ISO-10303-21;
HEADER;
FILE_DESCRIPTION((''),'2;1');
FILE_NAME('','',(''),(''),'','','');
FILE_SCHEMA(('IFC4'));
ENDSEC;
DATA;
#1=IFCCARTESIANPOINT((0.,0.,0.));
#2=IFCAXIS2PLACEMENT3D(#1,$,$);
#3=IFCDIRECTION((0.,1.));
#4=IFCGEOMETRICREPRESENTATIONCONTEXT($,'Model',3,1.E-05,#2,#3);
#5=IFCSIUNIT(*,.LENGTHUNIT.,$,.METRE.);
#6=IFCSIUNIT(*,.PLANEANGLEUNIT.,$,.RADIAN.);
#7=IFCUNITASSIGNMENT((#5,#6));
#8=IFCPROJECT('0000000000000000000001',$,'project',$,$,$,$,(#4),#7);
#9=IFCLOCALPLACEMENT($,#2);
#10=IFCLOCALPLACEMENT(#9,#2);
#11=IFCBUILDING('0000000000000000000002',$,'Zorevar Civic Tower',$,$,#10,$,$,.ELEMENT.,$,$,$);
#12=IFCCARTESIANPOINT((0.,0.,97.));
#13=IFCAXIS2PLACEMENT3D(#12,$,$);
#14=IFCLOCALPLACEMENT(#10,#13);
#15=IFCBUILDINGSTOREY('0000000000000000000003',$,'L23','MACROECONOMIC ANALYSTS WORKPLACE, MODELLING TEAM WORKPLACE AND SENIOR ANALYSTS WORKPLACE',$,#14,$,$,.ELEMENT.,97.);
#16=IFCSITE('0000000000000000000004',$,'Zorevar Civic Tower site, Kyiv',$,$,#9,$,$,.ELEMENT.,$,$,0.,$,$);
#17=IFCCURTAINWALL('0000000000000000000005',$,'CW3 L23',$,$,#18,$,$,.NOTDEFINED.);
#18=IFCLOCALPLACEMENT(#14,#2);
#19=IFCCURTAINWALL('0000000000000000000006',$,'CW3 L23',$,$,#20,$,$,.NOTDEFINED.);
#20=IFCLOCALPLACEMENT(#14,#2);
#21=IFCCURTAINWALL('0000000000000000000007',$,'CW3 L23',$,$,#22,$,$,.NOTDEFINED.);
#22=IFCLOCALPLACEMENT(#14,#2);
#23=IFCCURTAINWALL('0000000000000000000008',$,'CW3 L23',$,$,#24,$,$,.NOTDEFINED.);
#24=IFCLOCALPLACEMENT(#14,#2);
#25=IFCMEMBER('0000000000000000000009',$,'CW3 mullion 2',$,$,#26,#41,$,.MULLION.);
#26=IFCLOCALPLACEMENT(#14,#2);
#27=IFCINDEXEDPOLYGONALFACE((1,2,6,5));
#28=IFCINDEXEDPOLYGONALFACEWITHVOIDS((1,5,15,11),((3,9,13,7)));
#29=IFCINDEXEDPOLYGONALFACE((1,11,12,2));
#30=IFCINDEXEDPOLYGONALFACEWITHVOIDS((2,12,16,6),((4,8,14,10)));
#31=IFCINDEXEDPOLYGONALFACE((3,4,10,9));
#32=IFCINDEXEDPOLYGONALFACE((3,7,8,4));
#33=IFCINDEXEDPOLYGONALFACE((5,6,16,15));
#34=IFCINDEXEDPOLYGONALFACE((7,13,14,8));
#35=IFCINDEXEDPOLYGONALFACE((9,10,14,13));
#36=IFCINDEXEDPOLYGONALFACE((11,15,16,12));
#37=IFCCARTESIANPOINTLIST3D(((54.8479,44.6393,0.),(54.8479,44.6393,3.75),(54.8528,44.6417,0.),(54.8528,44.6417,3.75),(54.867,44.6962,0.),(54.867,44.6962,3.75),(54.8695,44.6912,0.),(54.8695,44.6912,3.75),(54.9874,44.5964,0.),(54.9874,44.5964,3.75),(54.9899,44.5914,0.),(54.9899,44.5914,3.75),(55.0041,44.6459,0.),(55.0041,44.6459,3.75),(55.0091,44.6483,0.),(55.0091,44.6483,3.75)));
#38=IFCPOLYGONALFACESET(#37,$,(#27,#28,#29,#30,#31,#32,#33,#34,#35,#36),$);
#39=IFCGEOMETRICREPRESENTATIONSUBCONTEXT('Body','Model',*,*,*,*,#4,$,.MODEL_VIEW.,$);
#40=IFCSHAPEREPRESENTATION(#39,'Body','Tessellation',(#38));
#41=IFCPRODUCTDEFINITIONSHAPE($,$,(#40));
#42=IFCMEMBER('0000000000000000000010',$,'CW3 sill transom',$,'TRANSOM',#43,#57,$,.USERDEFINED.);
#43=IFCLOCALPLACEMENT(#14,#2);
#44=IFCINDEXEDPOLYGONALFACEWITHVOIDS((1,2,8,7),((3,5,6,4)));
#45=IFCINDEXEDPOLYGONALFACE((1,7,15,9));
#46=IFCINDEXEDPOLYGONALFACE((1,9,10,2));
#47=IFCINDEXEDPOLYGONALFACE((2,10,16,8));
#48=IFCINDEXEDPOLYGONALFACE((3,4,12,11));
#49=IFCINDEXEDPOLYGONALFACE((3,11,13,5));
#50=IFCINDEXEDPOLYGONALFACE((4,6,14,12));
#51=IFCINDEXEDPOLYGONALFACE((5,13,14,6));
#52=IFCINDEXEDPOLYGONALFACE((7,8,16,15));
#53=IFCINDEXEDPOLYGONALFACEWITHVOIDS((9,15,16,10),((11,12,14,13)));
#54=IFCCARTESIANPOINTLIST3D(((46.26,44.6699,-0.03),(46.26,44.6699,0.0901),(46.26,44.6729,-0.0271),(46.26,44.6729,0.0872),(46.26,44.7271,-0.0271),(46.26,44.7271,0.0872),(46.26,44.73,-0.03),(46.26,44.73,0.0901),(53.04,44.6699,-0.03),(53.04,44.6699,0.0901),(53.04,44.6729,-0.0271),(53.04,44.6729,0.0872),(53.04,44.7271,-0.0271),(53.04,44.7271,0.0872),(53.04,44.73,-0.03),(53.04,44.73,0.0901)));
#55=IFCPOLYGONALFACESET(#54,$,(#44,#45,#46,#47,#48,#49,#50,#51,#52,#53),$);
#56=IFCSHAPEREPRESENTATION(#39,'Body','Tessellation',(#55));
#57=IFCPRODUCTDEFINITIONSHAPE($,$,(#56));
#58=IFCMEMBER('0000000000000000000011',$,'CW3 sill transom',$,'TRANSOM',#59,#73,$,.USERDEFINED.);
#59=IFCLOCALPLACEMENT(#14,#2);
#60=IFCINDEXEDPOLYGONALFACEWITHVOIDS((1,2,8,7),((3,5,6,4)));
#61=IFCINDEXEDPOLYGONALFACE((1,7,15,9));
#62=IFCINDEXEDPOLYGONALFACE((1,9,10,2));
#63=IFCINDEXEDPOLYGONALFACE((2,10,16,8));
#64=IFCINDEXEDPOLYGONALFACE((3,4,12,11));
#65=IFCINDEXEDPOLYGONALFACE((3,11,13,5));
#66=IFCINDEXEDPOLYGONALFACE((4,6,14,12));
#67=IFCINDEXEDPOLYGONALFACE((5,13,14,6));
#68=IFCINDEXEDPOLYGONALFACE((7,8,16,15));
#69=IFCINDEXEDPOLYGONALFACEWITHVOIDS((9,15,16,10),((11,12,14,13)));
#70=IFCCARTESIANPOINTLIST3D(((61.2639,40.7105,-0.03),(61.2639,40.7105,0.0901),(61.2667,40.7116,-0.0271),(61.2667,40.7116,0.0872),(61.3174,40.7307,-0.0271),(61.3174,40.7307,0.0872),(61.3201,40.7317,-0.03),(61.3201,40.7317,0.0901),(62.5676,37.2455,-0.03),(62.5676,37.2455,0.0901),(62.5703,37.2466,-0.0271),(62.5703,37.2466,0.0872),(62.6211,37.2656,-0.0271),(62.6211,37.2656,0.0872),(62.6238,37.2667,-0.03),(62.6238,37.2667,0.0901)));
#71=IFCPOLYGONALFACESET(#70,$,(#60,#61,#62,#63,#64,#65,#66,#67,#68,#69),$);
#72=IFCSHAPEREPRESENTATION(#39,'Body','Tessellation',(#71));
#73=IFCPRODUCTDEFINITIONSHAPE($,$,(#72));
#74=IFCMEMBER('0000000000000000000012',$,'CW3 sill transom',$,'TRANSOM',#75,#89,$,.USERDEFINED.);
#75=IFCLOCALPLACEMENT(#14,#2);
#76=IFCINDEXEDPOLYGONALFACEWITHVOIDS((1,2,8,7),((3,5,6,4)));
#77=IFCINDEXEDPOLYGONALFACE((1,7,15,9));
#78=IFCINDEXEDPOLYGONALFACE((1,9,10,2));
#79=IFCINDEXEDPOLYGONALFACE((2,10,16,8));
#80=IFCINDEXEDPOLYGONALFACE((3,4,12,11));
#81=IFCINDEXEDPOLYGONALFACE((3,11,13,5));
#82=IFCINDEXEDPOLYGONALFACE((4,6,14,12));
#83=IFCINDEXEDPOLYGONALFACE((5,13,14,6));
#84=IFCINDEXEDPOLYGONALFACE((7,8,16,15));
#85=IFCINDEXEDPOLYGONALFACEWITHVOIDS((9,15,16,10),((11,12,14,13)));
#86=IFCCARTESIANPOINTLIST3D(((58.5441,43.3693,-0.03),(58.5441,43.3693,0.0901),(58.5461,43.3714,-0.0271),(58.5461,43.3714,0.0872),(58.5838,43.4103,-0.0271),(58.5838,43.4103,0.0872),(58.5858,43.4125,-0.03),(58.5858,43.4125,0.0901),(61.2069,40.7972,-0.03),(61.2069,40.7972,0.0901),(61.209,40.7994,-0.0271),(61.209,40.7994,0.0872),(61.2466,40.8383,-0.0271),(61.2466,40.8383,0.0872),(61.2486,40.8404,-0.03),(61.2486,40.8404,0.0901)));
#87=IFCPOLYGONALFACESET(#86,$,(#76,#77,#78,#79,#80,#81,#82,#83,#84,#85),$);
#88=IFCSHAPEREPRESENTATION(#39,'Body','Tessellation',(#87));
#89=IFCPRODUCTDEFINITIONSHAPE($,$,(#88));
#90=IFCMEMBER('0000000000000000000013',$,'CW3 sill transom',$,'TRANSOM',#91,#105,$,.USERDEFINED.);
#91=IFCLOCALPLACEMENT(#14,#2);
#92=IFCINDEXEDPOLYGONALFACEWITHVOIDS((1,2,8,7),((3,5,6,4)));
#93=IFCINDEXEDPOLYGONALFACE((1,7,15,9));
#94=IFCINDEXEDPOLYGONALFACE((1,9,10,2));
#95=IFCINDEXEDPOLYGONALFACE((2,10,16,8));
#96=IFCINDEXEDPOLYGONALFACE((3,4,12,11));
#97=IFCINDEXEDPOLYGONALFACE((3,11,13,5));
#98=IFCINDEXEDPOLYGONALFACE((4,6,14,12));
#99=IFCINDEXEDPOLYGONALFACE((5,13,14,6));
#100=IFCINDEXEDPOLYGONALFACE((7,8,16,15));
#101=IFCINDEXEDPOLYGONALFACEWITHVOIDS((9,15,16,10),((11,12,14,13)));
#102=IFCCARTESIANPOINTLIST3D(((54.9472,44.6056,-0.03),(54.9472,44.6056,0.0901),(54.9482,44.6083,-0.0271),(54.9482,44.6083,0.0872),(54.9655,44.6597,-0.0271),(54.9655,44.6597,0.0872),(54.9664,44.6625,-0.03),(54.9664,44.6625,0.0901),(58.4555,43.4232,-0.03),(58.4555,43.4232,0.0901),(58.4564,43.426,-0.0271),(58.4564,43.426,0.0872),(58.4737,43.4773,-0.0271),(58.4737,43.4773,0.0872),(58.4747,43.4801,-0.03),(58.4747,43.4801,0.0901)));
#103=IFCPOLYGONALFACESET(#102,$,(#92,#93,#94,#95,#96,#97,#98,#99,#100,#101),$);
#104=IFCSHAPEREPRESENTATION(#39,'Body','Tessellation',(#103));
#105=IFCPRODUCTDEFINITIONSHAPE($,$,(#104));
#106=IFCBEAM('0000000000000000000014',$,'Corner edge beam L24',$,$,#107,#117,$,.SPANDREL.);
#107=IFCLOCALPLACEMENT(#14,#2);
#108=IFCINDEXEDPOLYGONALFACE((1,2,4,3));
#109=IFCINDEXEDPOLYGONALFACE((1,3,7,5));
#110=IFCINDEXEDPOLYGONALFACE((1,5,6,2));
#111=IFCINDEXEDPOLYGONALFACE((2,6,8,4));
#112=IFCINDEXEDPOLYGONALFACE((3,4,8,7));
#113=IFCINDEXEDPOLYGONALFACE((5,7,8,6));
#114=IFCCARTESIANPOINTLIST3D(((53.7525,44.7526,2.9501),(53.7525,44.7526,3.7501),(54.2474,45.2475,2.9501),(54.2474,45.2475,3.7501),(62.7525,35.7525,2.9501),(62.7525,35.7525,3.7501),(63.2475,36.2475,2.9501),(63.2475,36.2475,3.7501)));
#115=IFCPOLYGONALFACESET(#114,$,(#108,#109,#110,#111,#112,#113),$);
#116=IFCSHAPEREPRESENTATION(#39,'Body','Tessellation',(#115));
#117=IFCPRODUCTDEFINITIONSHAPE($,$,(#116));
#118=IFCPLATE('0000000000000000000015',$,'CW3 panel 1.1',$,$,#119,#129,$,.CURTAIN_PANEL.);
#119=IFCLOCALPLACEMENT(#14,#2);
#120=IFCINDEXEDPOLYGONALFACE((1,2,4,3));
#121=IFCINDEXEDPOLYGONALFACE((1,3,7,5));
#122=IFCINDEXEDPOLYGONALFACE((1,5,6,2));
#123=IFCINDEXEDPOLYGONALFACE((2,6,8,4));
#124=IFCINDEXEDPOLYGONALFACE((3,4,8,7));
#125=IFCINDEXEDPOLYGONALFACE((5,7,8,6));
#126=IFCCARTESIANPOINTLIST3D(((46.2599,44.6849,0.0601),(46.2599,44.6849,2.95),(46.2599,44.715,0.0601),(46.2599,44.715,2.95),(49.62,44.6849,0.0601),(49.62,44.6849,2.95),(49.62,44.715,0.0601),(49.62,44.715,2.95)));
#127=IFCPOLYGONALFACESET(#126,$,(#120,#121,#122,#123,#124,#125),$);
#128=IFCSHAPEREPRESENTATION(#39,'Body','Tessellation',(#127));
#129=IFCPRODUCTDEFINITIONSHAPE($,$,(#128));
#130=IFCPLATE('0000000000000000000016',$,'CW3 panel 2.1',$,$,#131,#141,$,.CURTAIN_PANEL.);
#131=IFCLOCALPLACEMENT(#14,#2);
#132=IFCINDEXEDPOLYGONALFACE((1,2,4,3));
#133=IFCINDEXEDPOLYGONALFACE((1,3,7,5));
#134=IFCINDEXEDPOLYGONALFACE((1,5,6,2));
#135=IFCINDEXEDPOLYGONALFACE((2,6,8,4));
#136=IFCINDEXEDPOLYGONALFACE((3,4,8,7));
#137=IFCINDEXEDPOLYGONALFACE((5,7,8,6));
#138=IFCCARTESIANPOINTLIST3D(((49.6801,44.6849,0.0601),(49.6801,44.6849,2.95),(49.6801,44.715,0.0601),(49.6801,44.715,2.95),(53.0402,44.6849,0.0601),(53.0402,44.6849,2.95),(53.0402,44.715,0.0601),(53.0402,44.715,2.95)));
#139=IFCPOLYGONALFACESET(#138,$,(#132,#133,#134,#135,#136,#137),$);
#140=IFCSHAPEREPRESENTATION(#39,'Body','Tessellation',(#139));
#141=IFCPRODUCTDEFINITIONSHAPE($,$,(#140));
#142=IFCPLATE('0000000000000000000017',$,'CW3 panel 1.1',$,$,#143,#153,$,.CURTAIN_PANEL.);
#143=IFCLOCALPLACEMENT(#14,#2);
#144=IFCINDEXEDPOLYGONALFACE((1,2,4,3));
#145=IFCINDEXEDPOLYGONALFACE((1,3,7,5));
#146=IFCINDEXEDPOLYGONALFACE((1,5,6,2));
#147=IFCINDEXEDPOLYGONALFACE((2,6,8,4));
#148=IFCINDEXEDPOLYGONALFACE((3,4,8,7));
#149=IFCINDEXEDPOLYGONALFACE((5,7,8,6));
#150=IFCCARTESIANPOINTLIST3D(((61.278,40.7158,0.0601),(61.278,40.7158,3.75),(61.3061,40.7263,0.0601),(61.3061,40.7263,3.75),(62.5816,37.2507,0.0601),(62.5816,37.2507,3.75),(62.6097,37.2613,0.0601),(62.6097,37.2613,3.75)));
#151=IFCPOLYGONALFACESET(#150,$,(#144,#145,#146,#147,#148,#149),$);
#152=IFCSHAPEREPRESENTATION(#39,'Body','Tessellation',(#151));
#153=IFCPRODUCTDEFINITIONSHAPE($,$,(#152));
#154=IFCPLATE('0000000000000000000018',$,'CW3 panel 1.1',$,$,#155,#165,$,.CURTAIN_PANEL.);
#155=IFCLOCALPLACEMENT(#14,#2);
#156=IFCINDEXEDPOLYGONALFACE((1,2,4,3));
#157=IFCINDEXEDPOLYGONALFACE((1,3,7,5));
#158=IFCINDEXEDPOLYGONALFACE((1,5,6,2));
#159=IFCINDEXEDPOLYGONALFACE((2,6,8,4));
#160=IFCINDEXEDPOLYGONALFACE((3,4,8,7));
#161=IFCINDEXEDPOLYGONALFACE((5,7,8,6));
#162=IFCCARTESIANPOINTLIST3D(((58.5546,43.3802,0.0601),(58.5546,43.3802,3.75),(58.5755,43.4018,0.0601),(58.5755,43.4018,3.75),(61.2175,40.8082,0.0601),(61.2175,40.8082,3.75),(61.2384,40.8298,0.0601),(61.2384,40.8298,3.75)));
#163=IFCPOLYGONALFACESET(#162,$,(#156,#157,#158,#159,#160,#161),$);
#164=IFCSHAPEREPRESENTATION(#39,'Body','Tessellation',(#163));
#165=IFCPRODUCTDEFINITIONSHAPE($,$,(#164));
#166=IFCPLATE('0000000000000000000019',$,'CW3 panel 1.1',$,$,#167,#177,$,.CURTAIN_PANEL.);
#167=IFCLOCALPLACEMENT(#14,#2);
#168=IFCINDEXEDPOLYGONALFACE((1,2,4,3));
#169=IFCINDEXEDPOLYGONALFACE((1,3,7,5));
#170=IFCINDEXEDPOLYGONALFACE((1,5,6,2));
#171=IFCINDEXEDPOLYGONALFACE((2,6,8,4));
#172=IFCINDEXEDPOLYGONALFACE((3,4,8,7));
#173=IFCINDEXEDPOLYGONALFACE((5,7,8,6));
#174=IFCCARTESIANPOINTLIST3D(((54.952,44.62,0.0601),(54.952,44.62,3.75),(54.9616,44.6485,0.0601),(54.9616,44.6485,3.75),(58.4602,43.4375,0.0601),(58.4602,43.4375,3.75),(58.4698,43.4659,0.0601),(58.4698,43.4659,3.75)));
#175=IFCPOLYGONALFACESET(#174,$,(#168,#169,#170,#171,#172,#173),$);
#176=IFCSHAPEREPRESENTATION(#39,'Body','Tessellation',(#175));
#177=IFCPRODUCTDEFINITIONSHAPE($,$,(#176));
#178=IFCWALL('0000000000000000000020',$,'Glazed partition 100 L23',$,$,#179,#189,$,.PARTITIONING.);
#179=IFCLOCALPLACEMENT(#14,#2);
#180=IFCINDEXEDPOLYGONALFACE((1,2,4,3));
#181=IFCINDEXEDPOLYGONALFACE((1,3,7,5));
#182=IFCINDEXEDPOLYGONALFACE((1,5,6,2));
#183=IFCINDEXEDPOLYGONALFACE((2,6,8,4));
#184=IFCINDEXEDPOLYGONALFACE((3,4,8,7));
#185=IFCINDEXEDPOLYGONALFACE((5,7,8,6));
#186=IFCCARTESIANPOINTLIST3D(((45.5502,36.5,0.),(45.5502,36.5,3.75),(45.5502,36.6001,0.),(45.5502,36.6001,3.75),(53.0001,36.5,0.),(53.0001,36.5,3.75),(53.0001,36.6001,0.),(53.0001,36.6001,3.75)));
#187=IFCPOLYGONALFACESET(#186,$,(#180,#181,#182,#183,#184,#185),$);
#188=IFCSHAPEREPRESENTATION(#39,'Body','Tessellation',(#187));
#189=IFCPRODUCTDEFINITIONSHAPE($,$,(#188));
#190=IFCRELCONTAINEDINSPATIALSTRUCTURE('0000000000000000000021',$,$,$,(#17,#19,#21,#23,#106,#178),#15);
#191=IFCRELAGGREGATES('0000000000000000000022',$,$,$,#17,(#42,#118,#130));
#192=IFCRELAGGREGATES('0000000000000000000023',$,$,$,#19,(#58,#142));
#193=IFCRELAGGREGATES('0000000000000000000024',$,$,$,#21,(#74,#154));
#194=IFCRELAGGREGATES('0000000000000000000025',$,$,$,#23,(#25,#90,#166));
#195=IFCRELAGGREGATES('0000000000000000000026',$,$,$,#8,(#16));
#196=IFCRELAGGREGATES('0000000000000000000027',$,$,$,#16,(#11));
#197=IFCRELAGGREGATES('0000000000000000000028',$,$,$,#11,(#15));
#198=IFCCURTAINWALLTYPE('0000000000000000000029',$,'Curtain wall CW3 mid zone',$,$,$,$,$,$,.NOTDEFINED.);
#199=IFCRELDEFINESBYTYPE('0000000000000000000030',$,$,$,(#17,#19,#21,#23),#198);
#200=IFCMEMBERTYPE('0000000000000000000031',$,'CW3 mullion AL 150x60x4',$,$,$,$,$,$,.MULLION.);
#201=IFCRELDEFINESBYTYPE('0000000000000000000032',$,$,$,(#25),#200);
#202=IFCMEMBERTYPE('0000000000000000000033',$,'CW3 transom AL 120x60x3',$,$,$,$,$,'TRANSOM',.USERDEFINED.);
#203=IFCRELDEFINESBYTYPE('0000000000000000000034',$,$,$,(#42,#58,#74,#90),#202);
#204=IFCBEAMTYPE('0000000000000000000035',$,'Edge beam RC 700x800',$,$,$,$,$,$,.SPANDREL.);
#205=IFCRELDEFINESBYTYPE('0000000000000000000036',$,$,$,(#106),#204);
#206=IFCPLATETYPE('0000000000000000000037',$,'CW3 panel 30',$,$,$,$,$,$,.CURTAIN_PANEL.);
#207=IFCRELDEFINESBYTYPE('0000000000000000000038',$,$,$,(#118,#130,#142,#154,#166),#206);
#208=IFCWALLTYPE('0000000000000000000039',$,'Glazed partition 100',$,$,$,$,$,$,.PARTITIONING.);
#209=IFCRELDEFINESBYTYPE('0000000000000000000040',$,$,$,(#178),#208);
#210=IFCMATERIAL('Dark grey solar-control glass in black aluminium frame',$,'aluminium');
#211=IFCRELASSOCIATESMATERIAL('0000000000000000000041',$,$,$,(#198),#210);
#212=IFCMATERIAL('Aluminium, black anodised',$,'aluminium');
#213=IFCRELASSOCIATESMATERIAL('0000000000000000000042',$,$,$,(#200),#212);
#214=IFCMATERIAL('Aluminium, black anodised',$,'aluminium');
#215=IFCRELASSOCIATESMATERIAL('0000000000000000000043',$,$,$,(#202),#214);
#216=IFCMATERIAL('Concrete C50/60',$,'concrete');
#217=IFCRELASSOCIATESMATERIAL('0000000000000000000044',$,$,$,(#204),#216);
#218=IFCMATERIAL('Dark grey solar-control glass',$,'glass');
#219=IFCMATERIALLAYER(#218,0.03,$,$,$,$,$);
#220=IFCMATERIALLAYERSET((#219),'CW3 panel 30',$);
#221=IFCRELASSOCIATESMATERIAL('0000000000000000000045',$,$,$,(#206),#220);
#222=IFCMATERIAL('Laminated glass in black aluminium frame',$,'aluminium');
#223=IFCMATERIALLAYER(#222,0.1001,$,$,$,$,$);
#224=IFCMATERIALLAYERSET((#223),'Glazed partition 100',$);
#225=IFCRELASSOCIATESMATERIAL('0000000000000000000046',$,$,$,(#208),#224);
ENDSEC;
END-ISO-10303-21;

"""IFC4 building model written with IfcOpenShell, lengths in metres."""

from ifc_helpers import new_model, si_unit, direction, frame, frame_2d, origin, origin_2d, place, context, subcontext, project, spatial, rectangle, hollow_rectangle, extrude, material, layer, layer_set, material_profile, profile_set, type_object, element, aggregate, save


model = new_model("IFC4")

# Units and contexts
model_context = context("Model", 3, precision=1e-05, world=origin(), true_north=direction((0.0, 1.0)))
body_context = subcontext(model_context, "Body", "Model", "MODEL_VIEW")
ifc_project = project(units=[si_unit("LENGTHUNIT", "METRE"), si_unit("PLANEANGLEUNIT", "RADIAN")], contexts=[model_context])

# Site, building, storey
site_placement = place(None, origin())
site = spatial("IfcSite", under=ifc_project, at=site_placement, Name="Zorevar Civic Tower site, Kyiv", CompositionType="ELEMENT", RefElevation=0.0)
building_placement = place(site_placement, origin())
building = spatial("IfcBuilding", under=site, at=building_placement, Name="Zorevar Civic Tower", CompositionType="ELEMENT")
storey_placement = place(building_placement, frame((0.0, 0.0, 97.0)))
storey = spatial("IfcBuildingStorey", under=building, at=storey_placement, Name="L23", Description="MACROECONOMIC ANALYSTS WORKPLACE, MODELLING TEAM WORKPLACE AND SENIOR ANALYSTS WORKPLACE", CompositionType="ELEMENT", Elevation=97.0)

# Curtain walls, member
ifc_material_1 = material(Name="Dark grey solar-control glass in black aluminium frame", Category="aluminium")
curtain_wall_type = type_object("IfcCurtainWallType", Name="Curtain wall CW3 mid zone", PredefinedType="NOTDEFINED", material=ifc_material_1)
curtain_wall_1_placement = place(storey_placement, origin())
curtain_wall_1 = element("IfcCurtainWall", 1, at=curtain_wall_1_placement, inside=storey, type_object=curtain_wall_type, Name="CW3 L23", PredefinedType="NOTDEFINED")
ifc_material_2 = material(Name="Aluminium, black anodised", Category="aluminium")
ifc_material_profile_1 = material_profile(ifc_material_2, hollow_rectangle(XDim=0.0601, YDim=0.1499, WallThickness=0.0039, at=origin_2d()), Name="AL 150x60x4")
ifc_profile_set_1 = profile_set([ifc_material_profile_1], Name="Aluminium, black anodised")
member_type_1 = type_object("IfcMemberType", Name="CW3 mullion AL 150x60x4", PredefinedType="MULLION", material=ifc_profile_set_1)
curtain_wall_2_placement = place(storey_placement, origin())
curtain_wall_2 = element("IfcCurtainWall", 2, at=curtain_wall_2_placement, inside=storey, type_object=curtain_wall_type, Name="CW3 L23", PredefinedType="NOTDEFINED")
curtain_wall_3_placement = place(storey_placement, origin())
curtain_wall_3 = element("IfcCurtainWall", 3, at=curtain_wall_3_placement, inside=storey, type_object=curtain_wall_type, Name="CW3 L23", PredefinedType="NOTDEFINED")
curtain_wall_4_placement = place(storey_placement, origin())
curtain_wall_4 = element("IfcCurtainWall", 4, at=curtain_wall_4_placement, inside=storey, type_object=curtain_wall_type, Name="CW3 L23", PredefinedType="NOTDEFINED")
member_1_placement = place(storey_placement, frame((54.9285, 44.6438, 0.0), z_axis=(0.0, 0.0, 1.0), x_axis=(-0.319413, -0.947616, 0.0)))
member_1 = element("IfcMember", 5, at=member_1_placement, type_object=member_type_1, Name="CW3 mullion 2", PredefinedType="MULLION", context=body_context, shape_type="SweptSolid", body=[
    extrude(hollow_rectangle(XDim=0.0601, YDim=0.1499, WallThickness=0.0039, at=origin_2d()), origin(), (0.0, 0.0, 1.0), 3.75),
])

# Members
ifc_material_3 = material(Name="Aluminium, black anodised", Category="aluminium")
ifc_material_profile_2 = material_profile(ifc_material_3, hollow_rectangle(XDim=0.0601, YDim=0.1201, WallThickness=0.0029, at=origin_2d()), Name="AL 120x60x3")
ifc_profile_set_2 = profile_set([ifc_material_profile_2], Name="Aluminium, black anodised")
member_type_2 = type_object("IfcMemberType", Name="CW3 transom AL 120x60x3", ElementType="TRANSOM", PredefinedType="USERDEFINED", material=ifc_profile_set_2)
member_2_placement = place(storey_placement, frame((46.26, 44.7, 0.03), z_axis=(1.0, 0.0, 0.0), x_axis=(0.0, 1.0, 0.0)))
member_2 = element("IfcMember", 6, at=member_2_placement, type_object=member_type_2, Name="CW3 sill transom", ObjectType="TRANSOM", PredefinedType="USERDEFINED", context=body_context, shape_type="SweptSolid", body=[
    extrude(hollow_rectangle(XDim=0.0601, YDim=0.1201, WallThickness=0.0029, at=origin_2d()), origin(), (0.0, 0.0, 1.0), 6.78),
])
member_3_placement = place(storey_placement, frame((62.5957, 37.2561, 0.03), z_axis=(-0.352142, 0.935947, 0.0), x_axis=(-0.935947, -0.352142, 0.0)))
member_3 = element("IfcMember", 7, at=member_3_placement, type_object=member_type_2, Name="CW3 sill transom", ObjectType="TRANSOM", PredefinedType="USERDEFINED", context=body_context, shape_type="SweptSolid", body=[
    extrude(hollow_rectangle(XDim=0.0601, YDim=0.1201, WallThickness=0.0029, at=origin_2d()), origin(), (0.0, 0.0, 1.0), 3.7021),
])
member_4_placement = place(storey_placement, frame((61.2278, 40.8188, 0.03), z_axis=(-0.719266, 0.694735, 0.0), x_axis=(-0.694735, -0.719266, 0.0)))
member_4 = element("IfcMember", 8, at=member_4_placement, type_object=member_type_2, Name="CW3 sill transom", ObjectType="TRANSOM", PredefinedType="USERDEFINED", context=body_context, shape_type="SweptSolid", body=[
    extrude(hollow_rectangle(XDim=0.0601, YDim=0.1201, WallThickness=0.0029, at=origin_2d()), origin(), (0.0, 0.0, 1.0), 3.7021),
])
member_5_placement = place(storey_placement, frame((58.4651, 43.4517, 0.03), z_axis=(-0.94763, 0.319372, 0.0), x_axis=(-0.319372, -0.94763, 0.0)))
member_5 = element("IfcMember", 9, at=member_5_placement, type_object=member_type_2, Name="CW3 sill transom", ObjectType="TRANSOM", PredefinedType="USERDEFINED", context=body_context, shape_type="SweptSolid", body=[
    extrude(hollow_rectangle(XDim=0.0601, YDim=0.1201, WallThickness=0.0029, at=origin_2d()), origin(), (0.0, 0.0, 1.0), 3.7021),
])

# Beam
ifc_material_4 = material(Name="Concrete C50/60", Category="concrete")
ifc_material_profile_3 = material_profile(ifc_material_4, rectangle(XDim=0.7, YDim=0.8, at=origin_2d()), Name="RC 700x800")
ifc_profile_set_3 = profile_set([ifc_material_profile_3], Name="Concrete C50/60")
beam_type_1 = type_object("IfcBeamType", Name="Edge beam RC 700x800", PredefinedType="SPANDREL", material=ifc_profile_set_3)
beam_1_placement = place(storey_placement, frame((63.0, 36.0, 3.3501), z_axis=(-0.707107, 0.707107, 0.0), x_axis=(-0.707107, -0.707107, 0.0)))
element("IfcBeam", 10, at=beam_1_placement, inside=storey, type_object=beam_type_1, Name="Corner edge beam L24", PredefinedType="SPANDREL", context=body_context, shape_type="SweptSolid", body=[
    extrude(rectangle(XDim=0.7, YDim=0.8, at=origin_2d()), origin(), (0.0, 0.0, 1.0), 12.728),
])

# Plates
ifc_material_5 = material(Name="Dark grey solar-control glass", Category="glass")
ifc_layer_1 = layer(ifc_material_5, 0.03)
ifc_layer_set_1 = layer_set([ifc_layer_1], Name="CW3 panel 30")
plate_type = type_object("IfcPlateType", Name="CW3 panel 30", PredefinedType="CURTAIN_PANEL", material=ifc_layer_set_1)
plate_1_placement = place(storey_placement, frame((47.9399, 44.7, 0.0601), z_axis=(0.0, 0.0, 1.0), x_axis=(1.0, 0.0, 0.0)))
plate_1 = element("IfcPlate", 11, at=plate_1_placement, type_object=plate_type, Name="CW3 panel 1.1", PredefinedType="CURTAIN_PANEL", context=body_context, shape_type="SweptSolid", body=[
    extrude(rectangle(XDim=3.3601, YDim=0.03, at=origin_2d()), origin(), (0.0, 0.0, 1.0), 2.8899),
])
plate_2_placement = place(storey_placement, frame((51.3601, 44.7, 0.0601), z_axis=(0.0, 0.0, 1.0), x_axis=(1.0, 0.0, 0.0)))
plate_2 = element("IfcPlate", 12, at=plate_2_placement, type_object=plate_type, Name="CW3 panel 2.1", PredefinedType="CURTAIN_PANEL", context=body_context, shape_type="SweptSolid", body=[
    extrude(rectangle(XDim=3.3601, YDim=0.03, at=origin_2d()), origin(), (0.0, 0.0, 1.0), 2.8899),
])
aggregate(curtain_wall_1, [member_2, plate_1, plate_2])
plate_3_placement = place(storey_placement, frame((61.9438, 38.9885, 0.0601), z_axis=(0.0, 0.0, 1.0), x_axis=(-0.352132, 0.935951, 0.0)))
plate_3 = element("IfcPlate", 13, at=plate_3_placement, type_object=plate_type, Name="CW3 panel 1.1", PredefinedType="CURTAIN_PANEL", context=body_context, shape_type="SweptSolid", body=[
    extrude(rectangle(XDim=3.7021, YDim=0.03, at=origin_2d()), origin(), (0.0, 0.0, 1.0), 3.6899),
])
aggregate(curtain_wall_2, [member_3, plate_3])
plate_4_placement = place(storey_placement, frame((59.8965, 42.105, 0.0601), z_axis=(0.0, 0.0, 1.0), x_axis=(-0.719281, 0.694719, 0.0)))
plate_4 = element("IfcPlate", 14, at=plate_4_placement, type_object=plate_type, Name="CW3 panel 1.1", PredefinedType="CURTAIN_PANEL", context=body_context, shape_type="SweptSolid", body=[
    extrude(rectangle(XDim=3.7021, YDim=0.03, at=origin_2d()), origin(), (0.0, 0.0, 1.0), 3.6899),
])
aggregate(curtain_wall_3, [member_4, plate_4])
plate_5_placement = place(storey_placement, frame((56.7109, 44.043, 0.0601), z_axis=(0.0, 0.0, 1.0), x_axis=(-0.947616, 0.319413, 0.0)))
plate_5 = element("IfcPlate", 15, at=plate_5_placement, type_object=plate_type, Name="CW3 panel 1.1", PredefinedType="CURTAIN_PANEL", context=body_context, shape_type="SweptSolid", body=[
    extrude(rectangle(XDim=3.7021, YDim=0.03, at=origin_2d()), origin(), (0.0, 0.0, 1.0), 3.6899),
])
aggregate(curtain_wall_4, [member_1, member_5, plate_5])

# Wall
ifc_material_6 = material(Name="Laminated glass in black aluminium frame", Category="aluminium")
ifc_layer_2 = layer(ifc_material_6, 0.1001)
ifc_layer_set_2 = layer_set([ifc_layer_2], Name="Glazed partition 100")
wall_type_1 = type_object("IfcWallType", Name="Glazed partition 100", PredefinedType="PARTITIONING", material=ifc_layer_set_2)
wall_1_placement = place(storey_placement, frame((45.55, 36.55, 0.0), z_axis=(0.0, 0.0, 1.0), x_axis=(1.0, 0.0, 0.0)))
element("IfcWall", 16, at=wall_1_placement, inside=storey, type_object=wall_type_1, Name="Glazed partition 100 L23", PredefinedType="PARTITIONING", context=body_context, shape_type="SweptSolid", body=[
    extrude(rectangle(XDim=7.45, YDim=0.1001, at=frame_2d((3.7251, 0.0))), origin(), (0.0, 0.0, 1.0), 3.75),
])

save(model, "model.ifc")
